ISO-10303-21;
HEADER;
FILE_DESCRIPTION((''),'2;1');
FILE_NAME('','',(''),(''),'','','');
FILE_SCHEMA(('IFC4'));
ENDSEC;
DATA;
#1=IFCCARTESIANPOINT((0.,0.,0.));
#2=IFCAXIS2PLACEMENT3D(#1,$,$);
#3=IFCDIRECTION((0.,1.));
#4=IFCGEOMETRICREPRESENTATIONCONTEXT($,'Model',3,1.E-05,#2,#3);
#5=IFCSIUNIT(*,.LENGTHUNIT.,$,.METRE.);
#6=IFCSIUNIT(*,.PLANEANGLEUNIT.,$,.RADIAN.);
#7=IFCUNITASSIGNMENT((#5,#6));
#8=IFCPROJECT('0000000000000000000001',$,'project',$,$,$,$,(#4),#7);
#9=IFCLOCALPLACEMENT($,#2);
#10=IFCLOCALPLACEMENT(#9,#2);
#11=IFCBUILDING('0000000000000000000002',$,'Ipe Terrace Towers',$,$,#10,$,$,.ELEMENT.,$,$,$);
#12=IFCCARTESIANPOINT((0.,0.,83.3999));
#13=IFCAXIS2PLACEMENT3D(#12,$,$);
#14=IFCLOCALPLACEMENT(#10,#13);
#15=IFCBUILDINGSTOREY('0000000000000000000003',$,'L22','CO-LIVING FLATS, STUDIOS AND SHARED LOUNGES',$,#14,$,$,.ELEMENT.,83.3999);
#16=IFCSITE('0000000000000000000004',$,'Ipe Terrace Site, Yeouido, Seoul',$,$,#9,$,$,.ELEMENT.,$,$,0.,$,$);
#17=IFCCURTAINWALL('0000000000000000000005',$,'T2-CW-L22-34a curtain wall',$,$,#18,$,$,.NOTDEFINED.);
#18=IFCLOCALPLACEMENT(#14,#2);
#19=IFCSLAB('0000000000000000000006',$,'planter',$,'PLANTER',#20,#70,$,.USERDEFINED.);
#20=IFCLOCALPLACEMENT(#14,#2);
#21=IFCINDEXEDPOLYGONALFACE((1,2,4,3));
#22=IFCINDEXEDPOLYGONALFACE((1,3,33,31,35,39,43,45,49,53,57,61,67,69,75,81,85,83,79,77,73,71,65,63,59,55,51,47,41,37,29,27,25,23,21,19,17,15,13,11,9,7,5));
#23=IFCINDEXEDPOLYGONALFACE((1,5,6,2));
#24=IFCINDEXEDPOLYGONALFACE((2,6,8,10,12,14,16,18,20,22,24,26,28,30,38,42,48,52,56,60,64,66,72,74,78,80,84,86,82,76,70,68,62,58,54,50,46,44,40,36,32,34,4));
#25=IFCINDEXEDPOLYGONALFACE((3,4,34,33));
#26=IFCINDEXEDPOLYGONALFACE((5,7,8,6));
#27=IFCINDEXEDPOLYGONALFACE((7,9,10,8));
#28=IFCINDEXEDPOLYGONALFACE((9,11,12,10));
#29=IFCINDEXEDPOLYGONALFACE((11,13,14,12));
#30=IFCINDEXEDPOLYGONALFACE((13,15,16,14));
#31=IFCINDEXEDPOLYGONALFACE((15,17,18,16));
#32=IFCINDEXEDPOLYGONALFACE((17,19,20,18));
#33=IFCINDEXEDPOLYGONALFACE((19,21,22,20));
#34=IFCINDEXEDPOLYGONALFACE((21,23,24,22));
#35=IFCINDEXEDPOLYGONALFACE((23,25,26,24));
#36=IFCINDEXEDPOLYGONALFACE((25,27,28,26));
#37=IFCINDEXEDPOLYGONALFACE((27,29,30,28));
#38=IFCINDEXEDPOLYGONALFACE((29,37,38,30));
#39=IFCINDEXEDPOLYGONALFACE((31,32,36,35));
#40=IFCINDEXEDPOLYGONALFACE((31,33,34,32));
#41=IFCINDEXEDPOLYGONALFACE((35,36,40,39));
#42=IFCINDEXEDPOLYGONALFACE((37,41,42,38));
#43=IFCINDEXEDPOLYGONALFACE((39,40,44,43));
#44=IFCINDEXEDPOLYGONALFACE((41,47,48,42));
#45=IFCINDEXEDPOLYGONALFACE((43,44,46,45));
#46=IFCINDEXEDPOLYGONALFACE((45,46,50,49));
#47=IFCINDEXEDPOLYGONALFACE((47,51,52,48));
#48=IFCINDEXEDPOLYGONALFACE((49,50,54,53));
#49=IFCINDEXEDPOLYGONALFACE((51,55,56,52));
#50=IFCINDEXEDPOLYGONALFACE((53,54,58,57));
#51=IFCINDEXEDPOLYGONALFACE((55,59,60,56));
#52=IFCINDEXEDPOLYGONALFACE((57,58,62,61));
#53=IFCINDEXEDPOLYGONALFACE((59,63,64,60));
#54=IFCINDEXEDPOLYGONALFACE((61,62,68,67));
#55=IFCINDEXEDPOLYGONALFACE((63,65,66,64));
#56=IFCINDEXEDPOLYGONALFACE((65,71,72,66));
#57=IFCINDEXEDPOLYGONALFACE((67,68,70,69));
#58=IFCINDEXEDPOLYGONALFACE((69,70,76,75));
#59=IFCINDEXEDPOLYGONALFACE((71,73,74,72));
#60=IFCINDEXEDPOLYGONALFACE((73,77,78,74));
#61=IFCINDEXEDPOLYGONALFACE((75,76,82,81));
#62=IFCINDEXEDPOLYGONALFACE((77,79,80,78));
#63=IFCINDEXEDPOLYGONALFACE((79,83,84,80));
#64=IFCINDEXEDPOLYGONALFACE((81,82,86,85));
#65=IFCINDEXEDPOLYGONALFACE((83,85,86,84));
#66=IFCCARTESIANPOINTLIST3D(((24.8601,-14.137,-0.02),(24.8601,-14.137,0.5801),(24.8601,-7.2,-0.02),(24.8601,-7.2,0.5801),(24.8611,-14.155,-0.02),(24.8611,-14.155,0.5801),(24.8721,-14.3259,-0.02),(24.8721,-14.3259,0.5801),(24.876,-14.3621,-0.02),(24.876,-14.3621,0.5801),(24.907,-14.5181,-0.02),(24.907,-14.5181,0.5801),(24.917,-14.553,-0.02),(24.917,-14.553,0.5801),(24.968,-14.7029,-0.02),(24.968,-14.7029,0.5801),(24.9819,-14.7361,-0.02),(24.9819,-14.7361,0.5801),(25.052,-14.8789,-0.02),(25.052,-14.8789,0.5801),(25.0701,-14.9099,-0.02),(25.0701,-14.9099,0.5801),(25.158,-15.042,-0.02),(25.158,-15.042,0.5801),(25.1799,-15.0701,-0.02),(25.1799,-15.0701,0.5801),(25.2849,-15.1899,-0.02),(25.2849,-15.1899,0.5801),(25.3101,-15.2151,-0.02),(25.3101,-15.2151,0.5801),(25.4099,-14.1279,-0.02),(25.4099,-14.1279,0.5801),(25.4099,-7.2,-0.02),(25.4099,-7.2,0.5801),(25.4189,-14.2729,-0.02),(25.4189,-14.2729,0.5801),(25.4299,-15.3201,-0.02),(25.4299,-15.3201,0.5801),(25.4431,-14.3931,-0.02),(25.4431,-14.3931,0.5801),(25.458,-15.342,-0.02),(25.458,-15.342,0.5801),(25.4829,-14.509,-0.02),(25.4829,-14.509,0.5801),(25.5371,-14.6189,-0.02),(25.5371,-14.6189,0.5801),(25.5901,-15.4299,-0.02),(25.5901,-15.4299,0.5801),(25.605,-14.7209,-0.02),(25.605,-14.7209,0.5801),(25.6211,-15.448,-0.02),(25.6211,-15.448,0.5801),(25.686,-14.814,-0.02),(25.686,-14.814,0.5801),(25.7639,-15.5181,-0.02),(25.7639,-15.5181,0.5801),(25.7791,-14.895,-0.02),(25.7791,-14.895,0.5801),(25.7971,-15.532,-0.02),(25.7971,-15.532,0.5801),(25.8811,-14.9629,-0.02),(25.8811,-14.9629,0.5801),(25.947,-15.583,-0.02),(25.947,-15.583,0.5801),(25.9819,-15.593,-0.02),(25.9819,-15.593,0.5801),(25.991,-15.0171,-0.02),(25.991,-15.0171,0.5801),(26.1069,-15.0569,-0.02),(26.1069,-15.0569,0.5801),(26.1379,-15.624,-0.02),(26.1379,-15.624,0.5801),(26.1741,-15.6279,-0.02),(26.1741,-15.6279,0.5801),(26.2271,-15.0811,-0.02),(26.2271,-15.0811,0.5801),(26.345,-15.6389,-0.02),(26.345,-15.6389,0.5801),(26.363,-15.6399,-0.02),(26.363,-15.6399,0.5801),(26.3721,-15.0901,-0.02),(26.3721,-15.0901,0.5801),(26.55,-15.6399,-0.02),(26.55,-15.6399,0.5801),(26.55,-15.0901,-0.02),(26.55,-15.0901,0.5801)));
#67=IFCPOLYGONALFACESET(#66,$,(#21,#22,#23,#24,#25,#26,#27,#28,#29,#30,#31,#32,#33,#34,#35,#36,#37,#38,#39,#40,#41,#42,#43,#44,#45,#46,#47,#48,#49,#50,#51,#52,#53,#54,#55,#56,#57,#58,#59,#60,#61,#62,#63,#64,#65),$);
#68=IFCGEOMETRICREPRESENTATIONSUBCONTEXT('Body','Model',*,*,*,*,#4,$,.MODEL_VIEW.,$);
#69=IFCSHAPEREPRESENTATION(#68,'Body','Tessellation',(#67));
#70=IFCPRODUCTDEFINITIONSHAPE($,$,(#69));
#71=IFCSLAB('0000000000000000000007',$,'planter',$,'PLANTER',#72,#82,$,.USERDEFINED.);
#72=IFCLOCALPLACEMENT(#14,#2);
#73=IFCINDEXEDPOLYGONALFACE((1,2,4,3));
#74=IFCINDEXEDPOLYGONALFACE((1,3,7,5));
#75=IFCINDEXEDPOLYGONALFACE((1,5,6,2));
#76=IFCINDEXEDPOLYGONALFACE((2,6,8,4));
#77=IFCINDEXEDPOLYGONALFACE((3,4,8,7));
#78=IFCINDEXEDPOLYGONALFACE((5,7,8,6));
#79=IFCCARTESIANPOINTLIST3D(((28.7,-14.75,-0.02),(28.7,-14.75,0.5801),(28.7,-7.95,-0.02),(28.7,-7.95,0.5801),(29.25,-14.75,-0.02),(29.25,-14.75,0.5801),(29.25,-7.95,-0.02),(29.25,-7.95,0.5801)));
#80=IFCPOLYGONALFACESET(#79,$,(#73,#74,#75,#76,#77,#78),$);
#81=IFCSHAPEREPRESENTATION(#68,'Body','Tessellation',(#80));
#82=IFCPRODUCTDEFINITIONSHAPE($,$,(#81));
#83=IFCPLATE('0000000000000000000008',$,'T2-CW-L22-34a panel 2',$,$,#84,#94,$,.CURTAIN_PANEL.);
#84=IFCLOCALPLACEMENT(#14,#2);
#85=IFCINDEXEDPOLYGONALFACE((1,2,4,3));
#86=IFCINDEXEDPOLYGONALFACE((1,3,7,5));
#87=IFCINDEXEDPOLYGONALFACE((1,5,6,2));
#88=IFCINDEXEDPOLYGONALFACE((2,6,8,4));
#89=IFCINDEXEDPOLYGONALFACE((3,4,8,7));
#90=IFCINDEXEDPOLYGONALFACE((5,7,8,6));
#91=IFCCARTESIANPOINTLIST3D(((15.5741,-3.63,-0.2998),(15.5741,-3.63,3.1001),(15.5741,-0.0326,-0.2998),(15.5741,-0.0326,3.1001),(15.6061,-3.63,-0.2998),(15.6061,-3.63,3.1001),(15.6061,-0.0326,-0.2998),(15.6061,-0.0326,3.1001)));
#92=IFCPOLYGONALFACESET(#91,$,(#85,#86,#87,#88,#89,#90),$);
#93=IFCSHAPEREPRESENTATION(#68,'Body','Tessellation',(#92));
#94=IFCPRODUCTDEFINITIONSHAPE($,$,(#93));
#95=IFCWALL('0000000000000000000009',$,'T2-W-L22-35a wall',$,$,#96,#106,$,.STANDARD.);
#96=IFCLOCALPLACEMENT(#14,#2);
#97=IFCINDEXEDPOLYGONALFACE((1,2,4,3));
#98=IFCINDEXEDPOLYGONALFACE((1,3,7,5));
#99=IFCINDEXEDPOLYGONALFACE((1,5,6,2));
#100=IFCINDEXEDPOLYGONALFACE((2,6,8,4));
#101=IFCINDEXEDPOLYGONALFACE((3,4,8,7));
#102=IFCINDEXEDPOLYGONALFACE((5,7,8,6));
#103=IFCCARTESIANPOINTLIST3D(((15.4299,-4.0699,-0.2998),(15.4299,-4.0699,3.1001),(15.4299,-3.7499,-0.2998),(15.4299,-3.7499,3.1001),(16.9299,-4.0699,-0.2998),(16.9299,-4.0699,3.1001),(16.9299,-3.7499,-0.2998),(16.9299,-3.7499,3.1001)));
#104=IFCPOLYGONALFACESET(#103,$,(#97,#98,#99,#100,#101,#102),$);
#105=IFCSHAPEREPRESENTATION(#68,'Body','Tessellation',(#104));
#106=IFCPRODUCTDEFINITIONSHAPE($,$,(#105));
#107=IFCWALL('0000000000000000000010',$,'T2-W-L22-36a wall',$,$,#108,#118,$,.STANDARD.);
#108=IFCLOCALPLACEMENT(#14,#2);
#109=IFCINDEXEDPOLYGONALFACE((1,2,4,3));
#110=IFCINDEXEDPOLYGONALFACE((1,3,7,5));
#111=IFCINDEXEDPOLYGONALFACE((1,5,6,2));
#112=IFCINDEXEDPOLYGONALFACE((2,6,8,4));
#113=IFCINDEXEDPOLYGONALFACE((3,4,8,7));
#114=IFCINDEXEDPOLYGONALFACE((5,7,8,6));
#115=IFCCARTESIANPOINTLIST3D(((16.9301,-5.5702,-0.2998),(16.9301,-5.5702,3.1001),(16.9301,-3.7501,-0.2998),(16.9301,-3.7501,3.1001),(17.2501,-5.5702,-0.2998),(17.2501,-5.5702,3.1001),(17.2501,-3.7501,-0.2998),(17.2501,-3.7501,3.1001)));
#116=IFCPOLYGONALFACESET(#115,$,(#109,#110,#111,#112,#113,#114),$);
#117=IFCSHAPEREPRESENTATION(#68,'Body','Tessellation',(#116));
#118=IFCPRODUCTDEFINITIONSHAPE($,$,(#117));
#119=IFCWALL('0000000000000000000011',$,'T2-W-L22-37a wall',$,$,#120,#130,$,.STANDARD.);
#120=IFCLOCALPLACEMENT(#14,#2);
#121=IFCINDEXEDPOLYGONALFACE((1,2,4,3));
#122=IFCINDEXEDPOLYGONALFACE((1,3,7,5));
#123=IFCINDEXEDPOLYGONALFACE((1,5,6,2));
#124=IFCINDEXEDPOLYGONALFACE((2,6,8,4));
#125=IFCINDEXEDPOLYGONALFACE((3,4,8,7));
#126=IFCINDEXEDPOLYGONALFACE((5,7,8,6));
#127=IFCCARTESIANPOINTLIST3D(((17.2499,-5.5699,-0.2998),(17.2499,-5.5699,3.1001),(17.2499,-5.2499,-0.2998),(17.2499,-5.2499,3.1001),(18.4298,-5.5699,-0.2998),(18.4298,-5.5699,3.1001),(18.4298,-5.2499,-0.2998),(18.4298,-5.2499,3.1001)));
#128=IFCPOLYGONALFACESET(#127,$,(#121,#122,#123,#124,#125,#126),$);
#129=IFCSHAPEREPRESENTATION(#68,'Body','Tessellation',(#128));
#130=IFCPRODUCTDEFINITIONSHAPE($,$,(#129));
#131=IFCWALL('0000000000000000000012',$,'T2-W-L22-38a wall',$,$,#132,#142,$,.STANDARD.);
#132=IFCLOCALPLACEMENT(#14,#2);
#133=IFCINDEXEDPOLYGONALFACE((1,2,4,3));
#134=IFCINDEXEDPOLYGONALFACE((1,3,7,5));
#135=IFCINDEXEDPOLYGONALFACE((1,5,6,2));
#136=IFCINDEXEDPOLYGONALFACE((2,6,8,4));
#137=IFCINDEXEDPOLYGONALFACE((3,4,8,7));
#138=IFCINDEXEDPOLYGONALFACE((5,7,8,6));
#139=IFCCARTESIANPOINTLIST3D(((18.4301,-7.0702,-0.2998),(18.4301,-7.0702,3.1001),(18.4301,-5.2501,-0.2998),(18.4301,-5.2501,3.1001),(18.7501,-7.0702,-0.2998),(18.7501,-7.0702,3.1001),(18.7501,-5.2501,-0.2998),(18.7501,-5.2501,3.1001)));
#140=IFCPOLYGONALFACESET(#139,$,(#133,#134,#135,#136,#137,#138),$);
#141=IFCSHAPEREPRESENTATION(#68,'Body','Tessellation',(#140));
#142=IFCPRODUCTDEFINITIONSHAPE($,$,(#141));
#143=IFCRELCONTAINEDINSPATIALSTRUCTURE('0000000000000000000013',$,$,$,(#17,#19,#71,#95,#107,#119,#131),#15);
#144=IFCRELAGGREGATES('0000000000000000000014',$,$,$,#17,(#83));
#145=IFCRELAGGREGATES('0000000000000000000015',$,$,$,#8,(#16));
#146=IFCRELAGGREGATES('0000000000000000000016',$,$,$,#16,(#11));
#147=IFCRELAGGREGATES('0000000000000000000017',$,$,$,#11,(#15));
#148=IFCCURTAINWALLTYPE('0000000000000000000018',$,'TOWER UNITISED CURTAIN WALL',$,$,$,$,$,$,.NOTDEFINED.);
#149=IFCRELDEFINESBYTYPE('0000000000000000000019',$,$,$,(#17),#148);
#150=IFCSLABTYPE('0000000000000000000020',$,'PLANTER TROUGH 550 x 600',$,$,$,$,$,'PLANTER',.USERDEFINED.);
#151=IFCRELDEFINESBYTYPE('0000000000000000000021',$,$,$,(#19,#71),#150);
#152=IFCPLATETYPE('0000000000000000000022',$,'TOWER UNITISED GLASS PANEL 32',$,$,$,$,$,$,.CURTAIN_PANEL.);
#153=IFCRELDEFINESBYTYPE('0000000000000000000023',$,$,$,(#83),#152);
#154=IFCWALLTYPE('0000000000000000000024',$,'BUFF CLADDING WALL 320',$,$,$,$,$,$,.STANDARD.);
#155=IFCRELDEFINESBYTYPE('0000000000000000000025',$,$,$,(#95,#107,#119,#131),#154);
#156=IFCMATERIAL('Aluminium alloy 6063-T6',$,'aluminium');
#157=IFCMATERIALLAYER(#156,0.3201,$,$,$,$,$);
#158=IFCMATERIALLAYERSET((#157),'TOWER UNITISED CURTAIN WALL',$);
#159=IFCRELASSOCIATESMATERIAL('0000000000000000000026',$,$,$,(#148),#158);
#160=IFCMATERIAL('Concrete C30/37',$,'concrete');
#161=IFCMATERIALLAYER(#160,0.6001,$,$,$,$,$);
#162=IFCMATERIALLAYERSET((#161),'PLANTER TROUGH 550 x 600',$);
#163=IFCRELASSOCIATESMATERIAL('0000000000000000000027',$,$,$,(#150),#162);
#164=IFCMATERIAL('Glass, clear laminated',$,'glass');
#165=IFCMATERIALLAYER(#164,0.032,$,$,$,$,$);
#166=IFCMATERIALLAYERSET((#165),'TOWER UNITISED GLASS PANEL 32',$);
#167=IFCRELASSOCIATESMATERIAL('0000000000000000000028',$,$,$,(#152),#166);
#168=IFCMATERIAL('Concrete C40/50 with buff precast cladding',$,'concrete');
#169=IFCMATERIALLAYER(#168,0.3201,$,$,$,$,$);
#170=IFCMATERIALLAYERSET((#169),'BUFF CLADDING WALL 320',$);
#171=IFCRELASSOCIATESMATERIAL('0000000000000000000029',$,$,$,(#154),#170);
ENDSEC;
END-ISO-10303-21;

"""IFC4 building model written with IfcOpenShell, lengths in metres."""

from ifc_helpers import new_model, si_unit, direction, frame, frame_2d, origin, origin_2d, place, context, subcontext, project, spatial, polyline, rectangle, outline, extrude, material, layer, layer_set, type_object, element, aggregate, save


model = new_model("IFC4")

# Units and contexts
model_context = context("Model", 3, precision=1e-05, world=origin(), true_north=direction((0.0, 1.0)))
body_context = subcontext(model_context, "Body", "Model", "MODEL_VIEW")
ifc_project = project(units=[si_unit("LENGTHUNIT", "METRE"), si_unit("PLANEANGLEUNIT", "RADIAN")], contexts=[model_context])

# Site, building, storey
site_placement = place(None, origin())
site = spatial("IfcSite", under=ifc_project, at=site_placement, Name="Ipe Terrace Site, Yeouido, Seoul", CompositionType="ELEMENT", RefElevation=0.0)
building_placement = place(site_placement, origin())
building = spatial("IfcBuilding", under=site, at=building_placement, Name="Ipe Terrace Towers", CompositionType="ELEMENT")
storey_placement = place(building_placement, frame((0.0, 0.0, 83.3999)))
storey = spatial("IfcBuildingStorey", under=building, at=storey_placement, Name="L22", Description="CO-LIVING FLATS, STUDIOS AND SHARED LOUNGES", CompositionType="ELEMENT", Elevation=83.3999)

# Curtain wall
ifc_material_1 = material(Name="Aluminium alloy 6063-T6", Category="aluminium")
ifc_layer_1 = layer(ifc_material_1, 0.3201)
ifc_layer_set_1 = layer_set([ifc_layer_1], Name="TOWER UNITISED CURTAIN WALL")
curtain_wall_type = type_object("IfcCurtainWallType", Name="TOWER UNITISED CURTAIN WALL", PredefinedType="NOTDEFINED", material=ifc_layer_set_1)
curtain_wall_1_placement = place(storey_placement, origin())
curtain_wall_1 = element("IfcCurtainWall", 1, at=curtain_wall_1_placement, inside=storey, type_object=curtain_wall_type, Name="T2-CW-L22-34a curtain wall", PredefinedType="NOTDEFINED")

# Slabs
ifc_material_2 = material(Name="Concrete C30/37", Category="concrete")
ifc_layer_2 = layer(ifc_material_2, 0.6001)
ifc_layer_set_2 = layer_set([ifc_layer_2], Name="PLANTER TROUGH 550 x 600")
slab_type_1 = type_object("IfcSlabType", Name="PLANTER TROUGH 550 x 600", ElementType="PLANTER", PredefinedType="USERDEFINED", material=ifc_layer_set_2)
slab_1_placement = place(storey_placement, frame((0.0, 0.0, -0.02)))
element("IfcSlab", 2, at=slab_1_placement, inside=storey, type_object=slab_type_1, Name="planter", ObjectType="PLANTER", PredefinedType="USERDEFINED", context=body_context, shape_type="SweptSolid", body=[
    extrude(outline(polyline([(26.1069, -15.0569), (25.991, -15.0171), (25.8811, -14.9629), (25.7791, -14.895), (25.686, -14.814), (25.605, -14.7209), (25.5371, -14.6189), (25.4829, -14.509), (25.4431, -14.3931), (25.4189, -14.2729), (25.4099, -14.1279), (25.4099, -7.2), (24.8601, -7.2), (24.8601, -14.137), (24.8611, -14.155), (24.8721, -14.3259), (24.876, -14.3621), (24.907, -14.5181), (24.917, -14.553), (24.968, -14.7029), (24.9819, -14.7361), (25.052, -14.8789), (25.0701, -14.9099), (25.158, -15.042), (25.1799, -15.0701), (25.2849, -15.1899), (25.3101, -15.2151), (25.4299, -15.3201), (25.458, -15.342), (25.5901, -15.4299), (25.6211, -15.448), (25.7639, -15.5181), (25.7971, -15.532), (25.947, -15.583), (25.9819, -15.593), (26.1379, -15.624), (26.1741, -15.6279), (26.345, -15.6389), (26.363, -15.6399), (26.55, -15.6399), (26.55, -15.0901), (26.3721, -15.0901), (26.2271, -15.0811), (26.1069, -15.0569)])), origin(), (0.0, 0.0, 1.0), 0.6001),
])
slab_2_placement = place(storey_placement, frame((0.0, 0.0, -0.02)))
element("IfcSlab", 3, at=slab_2_placement, inside=storey, type_object=slab_type_1, Name="planter", ObjectType="PLANTER", PredefinedType="USERDEFINED", context=body_context, shape_type="SweptSolid", body=[
    extrude(outline(polyline([(29.25, -7.95), (28.7, -7.95), (28.7, -14.75), (29.25, -14.75), (29.25, -7.95)])), origin(), (0.0, 0.0, 1.0), 0.6001),
])

# Plate
ifc_material_3 = material(Name="Glass, clear laminated", Category="glass")
ifc_layer_3 = layer(ifc_material_3, 0.032)
ifc_layer_set_3 = layer_set([ifc_layer_3], Name="TOWER UNITISED GLASS PANEL 32")
plate_type = type_object("IfcPlateType", Name="TOWER UNITISED GLASS PANEL 32", PredefinedType="CURTAIN_PANEL", material=ifc_layer_set_3)
plate_placement = place(storey_placement, frame((15.5901, -1.8313, -0.2998), z_axis=(0.0, 0.0, 1.0), x_axis=(0.0, -1.0, 0.0)))
plate = element("IfcPlate", 4, at=plate_placement, type_object=plate_type, Name="T2-CW-L22-34a panel 2", PredefinedType="CURTAIN_PANEL", context=body_context, shape_type="SweptSolid", body=[
    extrude(rectangle(XDim=3.5974, YDim=0.032, at=origin_2d()), origin(), (0.0, 0.0, 1.0), 3.3999),
])
aggregate(curtain_wall_1, [plate])

# Walls
ifc_material_4 = material(Name="Concrete C40/50 with buff precast cladding", Category="concrete")
ifc_layer_4 = layer(ifc_material_4, 0.3201)
ifc_layer_set_4 = layer_set([ifc_layer_4], Name="BUFF CLADDING WALL 320")
wall_type = type_object("IfcWallType", Name="BUFF CLADDING WALL 320", PredefinedType="STANDARD", material=ifc_layer_set_4)
wall_1_placement = place(storey_placement, frame((15.4299, -3.9099, -0.2998), z_axis=(0.0, 0.0, 1.0), x_axis=(1.0, 0.0, 0.0)))
element("IfcWall", 5, at=wall_1_placement, inside=storey, type_object=wall_type, Name="T2-W-L22-35a wall", PredefinedType="STANDARD", context=body_context, shape_type="SweptSolid", body=[
    extrude(rectangle(XDim=1.5, YDim=0.3201, at=frame_2d((0.75, 0.0))), origin(), (0.0, 0.0, 1.0), 3.3999),
])
wall_2_placement = place(storey_placement, frame((17.0901, -3.75, -0.2998), z_axis=(0.0, 0.0, 1.0), x_axis=(0.0, -1.0, 0.0)))
element("IfcWall", 6, at=wall_2_placement, inside=storey, type_object=wall_type, Name="T2-W-L22-36a wall", PredefinedType="STANDARD", context=body_context, shape_type="SweptSolid", body=[
    extrude(rectangle(XDim=1.8201, YDim=0.3201, at=frame_2d((0.9102, 0.0))), origin(), (0.0, 0.0, 1.0), 3.3999),
])
wall_3_placement = place(storey_placement, frame((17.25, -5.4099, -0.2998), z_axis=(0.0, 0.0, 1.0), x_axis=(1.0, 0.0, 0.0)))
element("IfcWall", 7, at=wall_3_placement, inside=storey, type_object=wall_type, Name="T2-W-L22-37a wall", PredefinedType="STANDARD", context=body_context, shape_type="SweptSolid", body=[
    extrude(rectangle(XDim=1.1799, YDim=0.3201, at=frame_2d((0.5898, 0.0))), origin(), (0.0, 0.0, 1.0), 3.3999),
])
wall_4_placement = place(storey_placement, frame((18.5901, -5.25, -0.2998), z_axis=(0.0, 0.0, 1.0), x_axis=(0.0, -1.0, 0.0)))
element("IfcWall", 8, at=wall_4_placement, inside=storey, type_object=wall_type, Name="T2-W-L22-38a wall", PredefinedType="STANDARD", context=body_context, shape_type="SweptSolid", body=[
    extrude(rectangle(XDim=1.8201, YDim=0.3201, at=frame_2d((0.9102, 0.0))), origin(), (0.0, 0.0, 1.0), 3.3999),
])

save(model, "model.ifc")
